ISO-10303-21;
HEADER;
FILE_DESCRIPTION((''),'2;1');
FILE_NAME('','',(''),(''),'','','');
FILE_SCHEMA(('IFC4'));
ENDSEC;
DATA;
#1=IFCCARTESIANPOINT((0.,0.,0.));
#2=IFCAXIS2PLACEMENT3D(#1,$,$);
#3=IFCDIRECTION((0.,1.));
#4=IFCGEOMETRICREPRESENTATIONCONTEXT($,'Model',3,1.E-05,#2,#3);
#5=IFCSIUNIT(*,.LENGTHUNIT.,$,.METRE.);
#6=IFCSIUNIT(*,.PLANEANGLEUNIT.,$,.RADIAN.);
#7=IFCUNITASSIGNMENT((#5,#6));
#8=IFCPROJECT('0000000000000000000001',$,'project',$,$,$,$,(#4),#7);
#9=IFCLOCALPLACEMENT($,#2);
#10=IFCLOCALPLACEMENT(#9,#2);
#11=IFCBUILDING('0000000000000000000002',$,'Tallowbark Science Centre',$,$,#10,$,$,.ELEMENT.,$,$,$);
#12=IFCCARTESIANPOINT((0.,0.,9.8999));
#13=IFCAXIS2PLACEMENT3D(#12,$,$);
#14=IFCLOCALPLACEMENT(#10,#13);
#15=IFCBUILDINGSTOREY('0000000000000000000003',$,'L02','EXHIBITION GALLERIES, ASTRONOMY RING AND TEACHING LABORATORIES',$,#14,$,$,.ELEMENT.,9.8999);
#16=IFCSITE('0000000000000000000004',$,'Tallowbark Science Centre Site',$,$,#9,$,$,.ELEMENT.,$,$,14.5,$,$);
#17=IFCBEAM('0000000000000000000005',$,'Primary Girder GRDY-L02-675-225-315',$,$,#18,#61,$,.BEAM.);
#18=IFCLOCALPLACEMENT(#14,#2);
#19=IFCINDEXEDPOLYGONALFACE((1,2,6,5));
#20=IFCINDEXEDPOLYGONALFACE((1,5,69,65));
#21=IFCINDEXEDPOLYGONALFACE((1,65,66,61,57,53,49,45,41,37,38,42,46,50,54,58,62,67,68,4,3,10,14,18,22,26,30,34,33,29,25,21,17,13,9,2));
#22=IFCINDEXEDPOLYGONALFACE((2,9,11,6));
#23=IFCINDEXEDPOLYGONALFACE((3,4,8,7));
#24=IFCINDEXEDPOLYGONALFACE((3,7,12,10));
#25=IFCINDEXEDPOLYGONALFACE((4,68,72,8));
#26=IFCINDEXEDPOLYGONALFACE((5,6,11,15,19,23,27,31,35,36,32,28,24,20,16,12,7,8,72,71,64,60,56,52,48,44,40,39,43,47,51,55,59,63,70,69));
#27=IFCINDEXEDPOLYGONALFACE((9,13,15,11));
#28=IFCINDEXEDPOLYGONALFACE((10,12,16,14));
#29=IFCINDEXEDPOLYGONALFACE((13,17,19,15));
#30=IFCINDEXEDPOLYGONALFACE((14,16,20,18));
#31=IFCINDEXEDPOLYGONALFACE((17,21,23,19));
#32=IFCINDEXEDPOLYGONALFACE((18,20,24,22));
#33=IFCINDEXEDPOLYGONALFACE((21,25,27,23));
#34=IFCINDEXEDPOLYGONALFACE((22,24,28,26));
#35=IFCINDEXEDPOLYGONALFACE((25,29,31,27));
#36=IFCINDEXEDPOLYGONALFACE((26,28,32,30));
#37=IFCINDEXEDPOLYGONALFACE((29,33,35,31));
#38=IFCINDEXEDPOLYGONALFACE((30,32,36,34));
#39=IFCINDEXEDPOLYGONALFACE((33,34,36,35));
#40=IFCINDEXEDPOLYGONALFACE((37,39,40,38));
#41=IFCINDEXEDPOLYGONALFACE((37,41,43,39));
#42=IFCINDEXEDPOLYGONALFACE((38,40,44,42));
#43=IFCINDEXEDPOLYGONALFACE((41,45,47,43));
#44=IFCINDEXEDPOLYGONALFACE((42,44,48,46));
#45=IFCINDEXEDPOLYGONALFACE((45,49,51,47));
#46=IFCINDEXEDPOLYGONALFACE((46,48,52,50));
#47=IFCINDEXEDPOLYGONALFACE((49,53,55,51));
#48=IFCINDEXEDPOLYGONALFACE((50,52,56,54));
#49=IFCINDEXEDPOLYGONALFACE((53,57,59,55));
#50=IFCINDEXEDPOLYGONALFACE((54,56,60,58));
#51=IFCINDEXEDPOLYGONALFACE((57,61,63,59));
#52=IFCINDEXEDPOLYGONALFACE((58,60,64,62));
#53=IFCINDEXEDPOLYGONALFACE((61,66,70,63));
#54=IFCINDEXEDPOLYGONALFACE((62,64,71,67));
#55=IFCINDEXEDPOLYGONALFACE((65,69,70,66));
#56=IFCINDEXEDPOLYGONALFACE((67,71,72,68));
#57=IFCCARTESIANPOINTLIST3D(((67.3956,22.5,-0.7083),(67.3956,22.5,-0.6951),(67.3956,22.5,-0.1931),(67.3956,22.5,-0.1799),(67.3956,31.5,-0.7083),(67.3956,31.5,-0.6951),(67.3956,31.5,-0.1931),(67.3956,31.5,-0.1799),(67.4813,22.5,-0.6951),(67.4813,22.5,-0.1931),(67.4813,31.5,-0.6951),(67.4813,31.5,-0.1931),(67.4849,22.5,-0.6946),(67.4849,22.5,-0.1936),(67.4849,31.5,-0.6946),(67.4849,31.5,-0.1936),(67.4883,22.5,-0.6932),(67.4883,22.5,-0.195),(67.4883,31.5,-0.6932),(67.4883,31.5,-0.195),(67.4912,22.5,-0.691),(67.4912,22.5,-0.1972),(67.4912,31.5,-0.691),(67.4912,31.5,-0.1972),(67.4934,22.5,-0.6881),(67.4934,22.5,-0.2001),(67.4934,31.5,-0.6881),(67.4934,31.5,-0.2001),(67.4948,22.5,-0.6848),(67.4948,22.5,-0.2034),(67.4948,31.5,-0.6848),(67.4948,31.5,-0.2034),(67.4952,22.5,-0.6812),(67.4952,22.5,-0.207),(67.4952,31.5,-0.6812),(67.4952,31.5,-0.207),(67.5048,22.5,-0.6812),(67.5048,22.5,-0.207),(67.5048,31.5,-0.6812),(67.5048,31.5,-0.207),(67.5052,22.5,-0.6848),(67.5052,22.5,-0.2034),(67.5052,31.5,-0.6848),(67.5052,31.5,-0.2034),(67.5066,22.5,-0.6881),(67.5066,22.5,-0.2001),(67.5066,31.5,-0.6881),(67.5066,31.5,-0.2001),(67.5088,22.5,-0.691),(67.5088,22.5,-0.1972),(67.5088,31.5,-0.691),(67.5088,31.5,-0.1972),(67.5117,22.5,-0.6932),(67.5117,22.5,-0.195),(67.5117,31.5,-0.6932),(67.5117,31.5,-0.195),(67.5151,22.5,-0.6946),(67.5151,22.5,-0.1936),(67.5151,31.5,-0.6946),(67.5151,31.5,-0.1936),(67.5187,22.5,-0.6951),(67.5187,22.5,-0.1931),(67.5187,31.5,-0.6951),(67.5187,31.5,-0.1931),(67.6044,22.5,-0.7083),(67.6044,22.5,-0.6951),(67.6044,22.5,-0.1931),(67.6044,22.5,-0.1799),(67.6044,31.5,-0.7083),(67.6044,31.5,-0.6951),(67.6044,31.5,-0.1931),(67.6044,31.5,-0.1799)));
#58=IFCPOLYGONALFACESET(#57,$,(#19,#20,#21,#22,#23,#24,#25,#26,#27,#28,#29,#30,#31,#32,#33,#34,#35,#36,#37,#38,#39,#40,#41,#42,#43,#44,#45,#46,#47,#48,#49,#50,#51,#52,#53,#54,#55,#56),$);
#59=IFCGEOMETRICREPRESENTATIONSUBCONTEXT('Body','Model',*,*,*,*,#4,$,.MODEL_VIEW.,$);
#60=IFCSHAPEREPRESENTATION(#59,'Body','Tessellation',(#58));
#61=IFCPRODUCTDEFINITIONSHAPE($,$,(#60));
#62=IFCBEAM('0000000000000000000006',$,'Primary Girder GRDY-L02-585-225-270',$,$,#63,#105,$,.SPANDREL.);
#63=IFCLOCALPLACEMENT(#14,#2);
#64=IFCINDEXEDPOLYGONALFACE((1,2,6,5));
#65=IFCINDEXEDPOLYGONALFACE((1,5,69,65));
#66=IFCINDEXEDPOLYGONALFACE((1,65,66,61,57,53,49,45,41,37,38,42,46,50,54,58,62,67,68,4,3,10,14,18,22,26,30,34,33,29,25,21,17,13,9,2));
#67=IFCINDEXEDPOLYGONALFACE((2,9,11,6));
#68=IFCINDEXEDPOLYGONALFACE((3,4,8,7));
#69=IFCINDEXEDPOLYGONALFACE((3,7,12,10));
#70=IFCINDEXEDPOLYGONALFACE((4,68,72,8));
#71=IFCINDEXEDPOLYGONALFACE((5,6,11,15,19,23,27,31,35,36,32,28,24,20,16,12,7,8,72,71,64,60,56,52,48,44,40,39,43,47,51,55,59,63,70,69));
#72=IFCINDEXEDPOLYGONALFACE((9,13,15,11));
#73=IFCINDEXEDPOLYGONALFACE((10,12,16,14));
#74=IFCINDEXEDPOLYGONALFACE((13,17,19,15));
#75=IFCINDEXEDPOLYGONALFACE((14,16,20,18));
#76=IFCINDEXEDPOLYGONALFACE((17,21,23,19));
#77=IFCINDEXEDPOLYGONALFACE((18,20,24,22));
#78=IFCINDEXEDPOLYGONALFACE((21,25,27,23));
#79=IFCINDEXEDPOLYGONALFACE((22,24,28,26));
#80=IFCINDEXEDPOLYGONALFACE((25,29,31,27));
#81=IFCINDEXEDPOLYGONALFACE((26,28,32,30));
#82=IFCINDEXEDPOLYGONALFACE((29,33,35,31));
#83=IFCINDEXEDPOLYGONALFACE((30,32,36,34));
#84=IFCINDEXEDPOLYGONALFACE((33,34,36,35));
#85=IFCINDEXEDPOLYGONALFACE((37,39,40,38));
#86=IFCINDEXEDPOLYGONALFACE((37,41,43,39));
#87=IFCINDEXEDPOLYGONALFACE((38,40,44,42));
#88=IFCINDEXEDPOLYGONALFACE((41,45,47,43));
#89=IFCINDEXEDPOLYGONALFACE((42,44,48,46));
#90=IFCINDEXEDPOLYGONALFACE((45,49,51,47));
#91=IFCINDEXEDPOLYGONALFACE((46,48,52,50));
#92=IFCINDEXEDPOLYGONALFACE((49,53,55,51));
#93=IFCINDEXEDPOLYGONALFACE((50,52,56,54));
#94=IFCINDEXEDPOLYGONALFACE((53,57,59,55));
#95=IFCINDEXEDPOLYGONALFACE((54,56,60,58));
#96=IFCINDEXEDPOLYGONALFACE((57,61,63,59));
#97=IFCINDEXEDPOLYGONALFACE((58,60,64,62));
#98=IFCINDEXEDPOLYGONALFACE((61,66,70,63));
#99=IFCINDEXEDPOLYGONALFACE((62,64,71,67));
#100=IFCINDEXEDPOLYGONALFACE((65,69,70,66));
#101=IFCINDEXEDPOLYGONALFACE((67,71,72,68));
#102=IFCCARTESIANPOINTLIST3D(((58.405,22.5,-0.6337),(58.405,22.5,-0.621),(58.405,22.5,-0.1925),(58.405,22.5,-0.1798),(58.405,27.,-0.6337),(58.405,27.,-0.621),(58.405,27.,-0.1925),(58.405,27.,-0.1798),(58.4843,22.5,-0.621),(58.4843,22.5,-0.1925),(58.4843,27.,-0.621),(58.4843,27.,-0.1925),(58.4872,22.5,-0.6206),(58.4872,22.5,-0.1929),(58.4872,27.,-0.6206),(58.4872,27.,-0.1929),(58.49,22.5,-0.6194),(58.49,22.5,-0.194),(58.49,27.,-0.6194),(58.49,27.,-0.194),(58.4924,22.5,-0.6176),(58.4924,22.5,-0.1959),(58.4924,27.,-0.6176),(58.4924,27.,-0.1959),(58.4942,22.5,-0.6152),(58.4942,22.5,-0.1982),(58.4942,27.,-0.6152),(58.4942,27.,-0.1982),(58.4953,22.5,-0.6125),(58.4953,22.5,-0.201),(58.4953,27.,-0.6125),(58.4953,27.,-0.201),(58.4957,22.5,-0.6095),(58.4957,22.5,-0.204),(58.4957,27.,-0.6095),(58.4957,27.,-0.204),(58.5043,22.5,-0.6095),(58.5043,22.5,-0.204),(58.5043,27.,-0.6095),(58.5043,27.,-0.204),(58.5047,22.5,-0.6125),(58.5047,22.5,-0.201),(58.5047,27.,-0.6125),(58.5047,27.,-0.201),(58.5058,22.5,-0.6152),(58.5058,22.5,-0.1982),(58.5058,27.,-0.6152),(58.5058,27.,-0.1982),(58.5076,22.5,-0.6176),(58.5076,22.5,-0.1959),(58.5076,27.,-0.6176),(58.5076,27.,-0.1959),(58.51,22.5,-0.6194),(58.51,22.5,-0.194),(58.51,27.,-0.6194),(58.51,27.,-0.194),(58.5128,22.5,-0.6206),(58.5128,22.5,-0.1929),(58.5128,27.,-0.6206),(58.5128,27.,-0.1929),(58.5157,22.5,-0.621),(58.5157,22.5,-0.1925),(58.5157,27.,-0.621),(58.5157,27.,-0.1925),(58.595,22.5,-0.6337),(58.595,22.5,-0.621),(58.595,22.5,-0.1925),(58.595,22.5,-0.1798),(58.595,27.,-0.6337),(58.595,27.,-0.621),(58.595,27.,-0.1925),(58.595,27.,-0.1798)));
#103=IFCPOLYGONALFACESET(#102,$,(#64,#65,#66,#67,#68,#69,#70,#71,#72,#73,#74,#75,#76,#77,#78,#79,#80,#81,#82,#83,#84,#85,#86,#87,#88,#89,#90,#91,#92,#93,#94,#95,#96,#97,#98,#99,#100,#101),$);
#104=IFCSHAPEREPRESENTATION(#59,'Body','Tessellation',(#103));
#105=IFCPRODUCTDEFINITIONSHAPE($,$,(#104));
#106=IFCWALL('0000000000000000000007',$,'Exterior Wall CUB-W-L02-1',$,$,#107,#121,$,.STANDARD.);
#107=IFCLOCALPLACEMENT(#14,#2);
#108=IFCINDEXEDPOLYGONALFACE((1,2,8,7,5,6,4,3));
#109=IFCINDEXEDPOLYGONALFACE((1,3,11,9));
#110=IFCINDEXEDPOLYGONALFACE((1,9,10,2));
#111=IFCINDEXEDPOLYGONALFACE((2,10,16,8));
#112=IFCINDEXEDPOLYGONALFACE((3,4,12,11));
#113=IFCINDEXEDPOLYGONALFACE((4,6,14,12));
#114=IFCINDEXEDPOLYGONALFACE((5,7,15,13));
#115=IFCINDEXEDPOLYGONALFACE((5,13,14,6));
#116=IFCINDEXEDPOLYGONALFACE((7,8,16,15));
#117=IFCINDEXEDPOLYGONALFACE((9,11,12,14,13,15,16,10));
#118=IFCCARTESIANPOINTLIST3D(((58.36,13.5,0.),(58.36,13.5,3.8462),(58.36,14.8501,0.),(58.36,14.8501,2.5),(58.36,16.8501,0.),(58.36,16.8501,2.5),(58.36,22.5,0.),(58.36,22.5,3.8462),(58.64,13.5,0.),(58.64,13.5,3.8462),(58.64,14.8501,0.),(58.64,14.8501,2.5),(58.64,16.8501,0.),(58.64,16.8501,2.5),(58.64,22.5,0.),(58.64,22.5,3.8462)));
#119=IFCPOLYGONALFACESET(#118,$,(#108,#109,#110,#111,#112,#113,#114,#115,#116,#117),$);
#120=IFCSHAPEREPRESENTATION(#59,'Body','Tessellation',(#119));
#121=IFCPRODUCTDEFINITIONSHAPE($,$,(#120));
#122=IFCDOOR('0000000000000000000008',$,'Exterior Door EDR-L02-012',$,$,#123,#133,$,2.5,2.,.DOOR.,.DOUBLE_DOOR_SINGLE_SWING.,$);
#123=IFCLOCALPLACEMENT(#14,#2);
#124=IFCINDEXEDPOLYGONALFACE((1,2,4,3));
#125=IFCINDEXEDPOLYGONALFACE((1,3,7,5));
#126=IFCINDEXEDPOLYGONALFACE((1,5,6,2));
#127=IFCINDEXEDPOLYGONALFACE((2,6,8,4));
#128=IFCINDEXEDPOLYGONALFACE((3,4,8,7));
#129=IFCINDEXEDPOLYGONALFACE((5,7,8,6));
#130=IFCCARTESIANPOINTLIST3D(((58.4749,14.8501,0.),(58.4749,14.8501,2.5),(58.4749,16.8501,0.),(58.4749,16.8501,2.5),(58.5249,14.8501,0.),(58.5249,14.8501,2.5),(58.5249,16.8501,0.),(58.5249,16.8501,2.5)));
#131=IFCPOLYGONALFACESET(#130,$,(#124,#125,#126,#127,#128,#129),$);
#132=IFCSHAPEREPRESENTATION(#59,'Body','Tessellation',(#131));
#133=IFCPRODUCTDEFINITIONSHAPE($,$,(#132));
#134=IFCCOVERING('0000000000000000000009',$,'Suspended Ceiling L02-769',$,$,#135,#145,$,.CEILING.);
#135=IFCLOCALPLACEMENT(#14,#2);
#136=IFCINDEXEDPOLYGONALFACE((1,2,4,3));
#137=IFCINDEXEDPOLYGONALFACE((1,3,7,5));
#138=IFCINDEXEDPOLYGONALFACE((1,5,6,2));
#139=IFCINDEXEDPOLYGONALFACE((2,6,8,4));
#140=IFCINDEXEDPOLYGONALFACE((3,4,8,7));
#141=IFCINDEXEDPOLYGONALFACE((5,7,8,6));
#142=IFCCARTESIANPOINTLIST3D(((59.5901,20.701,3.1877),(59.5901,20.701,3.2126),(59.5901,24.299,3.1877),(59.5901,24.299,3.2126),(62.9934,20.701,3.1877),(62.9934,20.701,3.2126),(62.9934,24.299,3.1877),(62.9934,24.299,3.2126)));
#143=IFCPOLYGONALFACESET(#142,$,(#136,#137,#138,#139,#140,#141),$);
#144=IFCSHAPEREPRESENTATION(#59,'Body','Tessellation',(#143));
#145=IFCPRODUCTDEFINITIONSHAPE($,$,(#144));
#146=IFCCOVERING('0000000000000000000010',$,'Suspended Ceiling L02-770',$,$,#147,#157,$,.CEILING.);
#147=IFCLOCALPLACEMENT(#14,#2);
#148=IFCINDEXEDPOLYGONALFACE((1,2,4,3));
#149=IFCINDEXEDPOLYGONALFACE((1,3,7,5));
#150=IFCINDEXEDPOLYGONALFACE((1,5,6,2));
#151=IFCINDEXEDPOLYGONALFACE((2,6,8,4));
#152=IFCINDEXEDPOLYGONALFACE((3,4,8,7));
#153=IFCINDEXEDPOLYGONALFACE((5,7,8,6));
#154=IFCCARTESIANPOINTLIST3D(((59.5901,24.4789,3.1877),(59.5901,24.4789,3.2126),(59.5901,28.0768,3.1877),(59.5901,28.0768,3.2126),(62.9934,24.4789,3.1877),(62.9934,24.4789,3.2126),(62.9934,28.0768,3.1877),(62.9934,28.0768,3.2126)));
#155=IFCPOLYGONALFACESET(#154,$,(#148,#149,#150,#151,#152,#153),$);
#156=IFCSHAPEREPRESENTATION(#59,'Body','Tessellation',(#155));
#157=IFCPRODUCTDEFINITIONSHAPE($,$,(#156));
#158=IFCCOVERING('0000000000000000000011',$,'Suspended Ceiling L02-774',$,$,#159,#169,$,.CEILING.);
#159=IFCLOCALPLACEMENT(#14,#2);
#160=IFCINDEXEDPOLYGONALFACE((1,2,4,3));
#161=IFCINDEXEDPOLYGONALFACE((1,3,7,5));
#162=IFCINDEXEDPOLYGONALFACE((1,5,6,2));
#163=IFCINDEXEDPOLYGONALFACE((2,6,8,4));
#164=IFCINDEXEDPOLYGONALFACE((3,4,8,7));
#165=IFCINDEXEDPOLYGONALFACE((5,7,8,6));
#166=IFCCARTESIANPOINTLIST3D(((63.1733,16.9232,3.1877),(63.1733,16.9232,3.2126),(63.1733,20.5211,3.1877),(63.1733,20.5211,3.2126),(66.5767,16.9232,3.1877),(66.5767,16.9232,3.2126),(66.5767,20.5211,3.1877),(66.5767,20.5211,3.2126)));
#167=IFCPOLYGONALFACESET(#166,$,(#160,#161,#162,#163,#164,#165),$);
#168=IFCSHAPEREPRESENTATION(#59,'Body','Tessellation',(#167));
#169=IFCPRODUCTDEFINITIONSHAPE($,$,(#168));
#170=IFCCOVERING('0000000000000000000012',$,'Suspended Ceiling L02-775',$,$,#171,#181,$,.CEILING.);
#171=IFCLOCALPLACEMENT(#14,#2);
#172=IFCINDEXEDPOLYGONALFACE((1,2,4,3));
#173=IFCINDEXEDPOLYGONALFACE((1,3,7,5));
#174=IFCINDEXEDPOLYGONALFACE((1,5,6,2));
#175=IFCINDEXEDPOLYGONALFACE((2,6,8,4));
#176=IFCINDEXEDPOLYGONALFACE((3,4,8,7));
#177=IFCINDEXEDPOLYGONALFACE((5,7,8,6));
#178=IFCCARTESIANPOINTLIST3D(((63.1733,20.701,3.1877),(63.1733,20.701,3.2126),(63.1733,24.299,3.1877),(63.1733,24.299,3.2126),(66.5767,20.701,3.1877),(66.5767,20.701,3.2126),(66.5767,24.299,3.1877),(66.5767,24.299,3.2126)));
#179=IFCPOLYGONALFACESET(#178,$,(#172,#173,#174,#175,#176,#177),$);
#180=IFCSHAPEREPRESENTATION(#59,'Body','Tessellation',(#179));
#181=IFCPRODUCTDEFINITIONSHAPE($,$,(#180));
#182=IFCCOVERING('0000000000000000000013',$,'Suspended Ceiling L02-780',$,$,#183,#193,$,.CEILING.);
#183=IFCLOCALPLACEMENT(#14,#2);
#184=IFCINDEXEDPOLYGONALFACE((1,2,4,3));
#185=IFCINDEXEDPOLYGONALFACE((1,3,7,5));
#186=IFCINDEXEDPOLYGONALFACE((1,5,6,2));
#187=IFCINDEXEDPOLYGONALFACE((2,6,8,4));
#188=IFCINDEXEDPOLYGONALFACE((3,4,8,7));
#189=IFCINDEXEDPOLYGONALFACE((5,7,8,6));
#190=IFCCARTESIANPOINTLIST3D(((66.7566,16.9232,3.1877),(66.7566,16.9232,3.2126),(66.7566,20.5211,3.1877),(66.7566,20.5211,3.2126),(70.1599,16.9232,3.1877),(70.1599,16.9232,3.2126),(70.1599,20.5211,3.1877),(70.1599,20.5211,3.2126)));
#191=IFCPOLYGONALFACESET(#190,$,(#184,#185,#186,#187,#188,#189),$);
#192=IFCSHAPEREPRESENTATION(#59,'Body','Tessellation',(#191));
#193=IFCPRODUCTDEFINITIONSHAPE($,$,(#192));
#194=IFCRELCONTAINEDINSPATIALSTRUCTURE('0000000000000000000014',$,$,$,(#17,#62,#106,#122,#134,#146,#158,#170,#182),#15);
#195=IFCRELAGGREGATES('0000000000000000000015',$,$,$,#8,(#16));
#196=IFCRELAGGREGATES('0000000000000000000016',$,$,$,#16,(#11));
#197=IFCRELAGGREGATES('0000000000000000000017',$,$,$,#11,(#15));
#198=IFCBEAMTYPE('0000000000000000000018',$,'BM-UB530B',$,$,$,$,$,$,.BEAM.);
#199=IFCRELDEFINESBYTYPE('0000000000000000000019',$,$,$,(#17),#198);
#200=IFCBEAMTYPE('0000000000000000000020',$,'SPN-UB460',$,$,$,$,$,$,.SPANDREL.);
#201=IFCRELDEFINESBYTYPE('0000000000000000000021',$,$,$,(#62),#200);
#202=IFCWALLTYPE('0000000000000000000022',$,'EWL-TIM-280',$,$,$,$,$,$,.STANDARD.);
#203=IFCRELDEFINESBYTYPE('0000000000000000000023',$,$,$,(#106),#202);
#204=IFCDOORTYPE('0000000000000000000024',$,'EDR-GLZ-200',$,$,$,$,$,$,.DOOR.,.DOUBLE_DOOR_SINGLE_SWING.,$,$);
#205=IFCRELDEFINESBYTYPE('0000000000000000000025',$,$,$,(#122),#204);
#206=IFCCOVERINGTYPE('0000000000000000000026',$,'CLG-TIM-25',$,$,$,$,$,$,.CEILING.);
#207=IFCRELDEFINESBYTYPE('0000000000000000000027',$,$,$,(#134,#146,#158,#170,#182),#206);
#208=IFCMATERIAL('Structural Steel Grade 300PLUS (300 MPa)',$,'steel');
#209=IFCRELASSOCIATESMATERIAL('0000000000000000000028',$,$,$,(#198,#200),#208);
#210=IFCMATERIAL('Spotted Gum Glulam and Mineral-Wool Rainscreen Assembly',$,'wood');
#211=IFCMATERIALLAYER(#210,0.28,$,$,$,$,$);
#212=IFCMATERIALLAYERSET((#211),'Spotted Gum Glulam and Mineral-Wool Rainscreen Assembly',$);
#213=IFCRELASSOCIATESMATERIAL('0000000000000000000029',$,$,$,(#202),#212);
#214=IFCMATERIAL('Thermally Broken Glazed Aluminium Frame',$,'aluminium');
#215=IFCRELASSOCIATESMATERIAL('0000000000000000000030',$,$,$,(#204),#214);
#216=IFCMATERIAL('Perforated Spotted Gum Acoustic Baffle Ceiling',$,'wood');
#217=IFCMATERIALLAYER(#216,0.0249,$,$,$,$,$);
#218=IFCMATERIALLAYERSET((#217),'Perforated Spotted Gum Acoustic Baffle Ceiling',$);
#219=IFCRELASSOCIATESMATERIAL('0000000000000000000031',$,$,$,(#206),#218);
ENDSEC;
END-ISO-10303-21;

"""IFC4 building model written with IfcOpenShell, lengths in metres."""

from ifc_helpers import new_model, si_unit, direction, frame, frame_2d, origin, origin_2d, place, context, subcontext, project, spatial, rectangle, i_section, extrude, material, layer, layer_set, material_profile, profile_set, type_object, element, fill, save


model = new_model("IFC4")

# Units and contexts
model_context = context("Model", 3, precision=1e-05, world=origin(), true_north=direction((0.0, 1.0)))
body_context = subcontext(model_context, "Body", "Model", "MODEL_VIEW")
ifc_project = project(units=[si_unit("LENGTHUNIT", "METRE"), si_unit("PLANEANGLEUNIT", "RADIAN")], contexts=[model_context])

# Site, building, storey
site_placement = place(None, origin())
site = spatial("IfcSite", under=ifc_project, at=site_placement, Name="Tallowbark Science Centre Site", CompositionType="ELEMENT", RefElevation=14.5)
building_placement = place(site_placement, origin())
building = spatial("IfcBuilding", under=site, at=building_placement, Name="Tallowbark Science Centre", CompositionType="ELEMENT")
storey_placement = place(building_placement, frame((0.0, 0.0, 9.8999)))
storey = spatial("IfcBuildingStorey", under=building, at=storey_placement, Name="L02", Description="EXHIBITION GALLERIES, ASTRONOMY RING AND TEACHING LABORATORIES", CompositionType="ELEMENT", Elevation=9.8999)

# Shared definitions
ifc_material_1 = material(Name="Structural Steel Grade 300PLUS (300 MPa)", Category="steel")

# Beams
ifc_material_profile_1 = material_profile(ifc_material_1, i_section(OverallWidth=0.2087, OverallDepth=0.5283, WebThickness=0.0095, FlangeThickness=0.0132, FilletRadius=0.0139, at=origin_2d()), Name="530UB82.0")
ifc_profile_set_1 = profile_set([ifc_material_profile_1], Name="Structural Steel Grade 300PLUS (300 MPa)")
beam_type_1 = type_object("IfcBeamType", Name="BM-UB530B", PredefinedType="BEAM", material=ifc_profile_set_1)
beam_1_placement = place(storey_placement, frame((67.5, 22.5, -0.4441), z_axis=(0.0, 1.0, 0.0), x_axis=(-1.0, 0.0, 0.0)))
element("IfcBeam", 1, at=beam_1_placement, inside=storey, type_object=beam_type_1, Name="Primary Girder GRDY-L02-675-225-315", PredefinedType="BEAM", context=body_context, shape_type="SweptSolid", body=[
    extrude(i_section(OverallWidth=0.2087, OverallDepth=0.5283, WebThickness=0.0095, FlangeThickness=0.0132, FilletRadius=0.0139, at=origin_2d()), origin(), (0.0, 0.0, 1.0), 9.0),
])
ifc_material_profile_2 = material_profile(ifc_material_1, i_section(OverallWidth=0.1899, OverallDepth=0.4539, WebThickness=0.0085, FlangeThickness=0.0127, FilletRadius=0.0115, at=origin_2d()), Name="460UB67.1")
ifc_profile_set_2 = profile_set([ifc_material_profile_2], Name="Structural Steel Grade 300PLUS (300 MPa)")
beam_type_2 = type_object("IfcBeamType", Name="SPN-UB460", PredefinedType="SPANDREL", material=ifc_profile_set_2)
beam_2_placement = place(storey_placement, frame((58.5, 22.5, -0.4067), z_axis=(0.0, 1.0, 0.0), x_axis=(-1.0, 0.0, 0.0)))
element("IfcBeam", 2, at=beam_2_placement, inside=storey, type_object=beam_type_2, Name="Primary Girder GRDY-L02-585-225-270", PredefinedType="SPANDREL", context=body_context, shape_type="SweptSolid", body=[
    extrude(i_section(OverallWidth=0.1899, OverallDepth=0.4539, WebThickness=0.0085, FlangeThickness=0.0127, FilletRadius=0.0115, at=origin_2d()), origin(), (0.0, 0.0, 1.0), 4.5),
])

# Wall, opening, door
ifc_material_2 = material(Name="Spotted Gum Glulam and Mineral-Wool Rainscreen Assembly", Category="wood")
ifc_layer_1 = layer(ifc_material_2, 0.28)
ifc_layer_set_1 = layer_set([ifc_layer_1], Name="Spotted Gum Glulam and Mineral-Wool Rainscreen Assembly")
wall_type = type_object("IfcWallType", Name="EWL-TIM-280", PredefinedType="STANDARD", material=ifc_layer_set_1)
wall_placement = place(storey_placement, frame((58.5, 22.5, 0.0), z_axis=(0.0, 0.0, 1.0), x_axis=(0.0, -1.0, 0.0)))
wall = element("IfcWall", 3, at=wall_placement, inside=storey, type_object=wall_type, Name="Exterior Wall CUB-W-L02-1", PredefinedType="STANDARD", context=body_context, shape_type="SweptSolid", body=[
    extrude(rectangle(XDim=9.0, YDim=0.28, at=frame_2d((4.5, 0.0))), origin(), (0.0, 0.0, 1.0), 3.8462),
])
opening_placement = place(wall_placement, frame((5.6499, 0.0, 0.0)))
opening = element("IfcOpeningElement", 4, at=opening_placement, cuts=wall, PredefinedType="OPENING", context=body_context, shape_type="SweptSolid", body=[
    extrude(rectangle(XDim=2.0, YDim=2.5, at=frame_2d((1.0, 1.25))), frame((0.0, 0.1499, 0.0), z_axis=(0.0, -1.0, 0.0), x_axis=(1.0, 0.0, 0.0)), (0.0, 0.0, 1.0), 0.3),
])
ifc_material_3 = material(Name="Thermally Broken Glazed Aluminium Frame", Category="aluminium")
door_type = type_object("IfcDoorType", Name="EDR-GLZ-200", OperationType="DOUBLE_DOOR_SINGLE_SWING", PredefinedType="DOOR", material=ifc_material_3)
door_placement = place(opening_placement, origin())
door = element("IfcDoor", 5, at=door_placement, inside=storey, type_object=door_type, Name="Exterior Door EDR-L02-012", OperationType="DOUBLE_DOOR_SINGLE_SWING", OverallHeight=2.5, OverallWidth=2.0, PredefinedType="DOOR", context=body_context, shape_type="SweptSolid", body=[
    extrude(rectangle(XDim=2.0, YDim=2.5, at=frame_2d((1.0, 1.25))), frame((0.0, 0.0249, 0.0), z_axis=(0.0, -1.0, 0.0), x_axis=(1.0, 0.0, 0.0)), (0.0, 0.0, 1.0), 0.05),
])
fill(opening, door)

# Coverings
ifc_material_4 = material(Name="Perforated Spotted Gum Acoustic Baffle Ceiling", Category="wood")
ifc_layer_2 = layer(ifc_material_4, 0.0249)
ifc_layer_set_2 = layer_set([ifc_layer_2], Name="Perforated Spotted Gum Acoustic Baffle Ceiling")
covering_type_1 = type_object("IfcCoveringType", Name="CLG-TIM-25", PredefinedType="CEILING", material=ifc_layer_set_2)
for number, where, z_axis, x_axis, name in (
    (6, (61.2917, 22.5, 3.1877), (0.0, 0.0, 1.0), (1.0, 0.0, 0.0), "Suspended Ceiling L02-769"),
    (7, (61.2917, 26.2778, 3.1877), (0.0, 0.0, 1.0), (1.0, 0.0, 0.0), "Suspended Ceiling L02-770"),
    (8, (64.875, 18.7222, 3.1877), (0.0, 0.0, 1.0), (1.0, 0.0, 0.0), "Suspended Ceiling L02-774"),
    (9, (64.875, 22.5, 3.1877), (0.0, 0.0, 1.0), (1.0, 0.0, 0.0), "Suspended Ceiling L02-775"),
    (10, (68.4583, 18.7222, 3.1877), (0.0, 0.0, 1.0), (1.0, 0.0, 0.0), "Suspended Ceiling L02-780"),
):
    element("IfcCovering", number, at=place(storey_placement, frame(where, z_axis=z_axis, x_axis=x_axis)), inside=storey, type_object=covering_type_1, Name=name, PredefinedType="CEILING", context=body_context, shape_type="SweptSolid", body=[
        extrude(rectangle(XDim=3.4033, YDim=3.5979, at=origin_2d()), origin(), (0.0, 0.0, 1.0), 0.0249),
    ])

save(model, "model.ifc")
